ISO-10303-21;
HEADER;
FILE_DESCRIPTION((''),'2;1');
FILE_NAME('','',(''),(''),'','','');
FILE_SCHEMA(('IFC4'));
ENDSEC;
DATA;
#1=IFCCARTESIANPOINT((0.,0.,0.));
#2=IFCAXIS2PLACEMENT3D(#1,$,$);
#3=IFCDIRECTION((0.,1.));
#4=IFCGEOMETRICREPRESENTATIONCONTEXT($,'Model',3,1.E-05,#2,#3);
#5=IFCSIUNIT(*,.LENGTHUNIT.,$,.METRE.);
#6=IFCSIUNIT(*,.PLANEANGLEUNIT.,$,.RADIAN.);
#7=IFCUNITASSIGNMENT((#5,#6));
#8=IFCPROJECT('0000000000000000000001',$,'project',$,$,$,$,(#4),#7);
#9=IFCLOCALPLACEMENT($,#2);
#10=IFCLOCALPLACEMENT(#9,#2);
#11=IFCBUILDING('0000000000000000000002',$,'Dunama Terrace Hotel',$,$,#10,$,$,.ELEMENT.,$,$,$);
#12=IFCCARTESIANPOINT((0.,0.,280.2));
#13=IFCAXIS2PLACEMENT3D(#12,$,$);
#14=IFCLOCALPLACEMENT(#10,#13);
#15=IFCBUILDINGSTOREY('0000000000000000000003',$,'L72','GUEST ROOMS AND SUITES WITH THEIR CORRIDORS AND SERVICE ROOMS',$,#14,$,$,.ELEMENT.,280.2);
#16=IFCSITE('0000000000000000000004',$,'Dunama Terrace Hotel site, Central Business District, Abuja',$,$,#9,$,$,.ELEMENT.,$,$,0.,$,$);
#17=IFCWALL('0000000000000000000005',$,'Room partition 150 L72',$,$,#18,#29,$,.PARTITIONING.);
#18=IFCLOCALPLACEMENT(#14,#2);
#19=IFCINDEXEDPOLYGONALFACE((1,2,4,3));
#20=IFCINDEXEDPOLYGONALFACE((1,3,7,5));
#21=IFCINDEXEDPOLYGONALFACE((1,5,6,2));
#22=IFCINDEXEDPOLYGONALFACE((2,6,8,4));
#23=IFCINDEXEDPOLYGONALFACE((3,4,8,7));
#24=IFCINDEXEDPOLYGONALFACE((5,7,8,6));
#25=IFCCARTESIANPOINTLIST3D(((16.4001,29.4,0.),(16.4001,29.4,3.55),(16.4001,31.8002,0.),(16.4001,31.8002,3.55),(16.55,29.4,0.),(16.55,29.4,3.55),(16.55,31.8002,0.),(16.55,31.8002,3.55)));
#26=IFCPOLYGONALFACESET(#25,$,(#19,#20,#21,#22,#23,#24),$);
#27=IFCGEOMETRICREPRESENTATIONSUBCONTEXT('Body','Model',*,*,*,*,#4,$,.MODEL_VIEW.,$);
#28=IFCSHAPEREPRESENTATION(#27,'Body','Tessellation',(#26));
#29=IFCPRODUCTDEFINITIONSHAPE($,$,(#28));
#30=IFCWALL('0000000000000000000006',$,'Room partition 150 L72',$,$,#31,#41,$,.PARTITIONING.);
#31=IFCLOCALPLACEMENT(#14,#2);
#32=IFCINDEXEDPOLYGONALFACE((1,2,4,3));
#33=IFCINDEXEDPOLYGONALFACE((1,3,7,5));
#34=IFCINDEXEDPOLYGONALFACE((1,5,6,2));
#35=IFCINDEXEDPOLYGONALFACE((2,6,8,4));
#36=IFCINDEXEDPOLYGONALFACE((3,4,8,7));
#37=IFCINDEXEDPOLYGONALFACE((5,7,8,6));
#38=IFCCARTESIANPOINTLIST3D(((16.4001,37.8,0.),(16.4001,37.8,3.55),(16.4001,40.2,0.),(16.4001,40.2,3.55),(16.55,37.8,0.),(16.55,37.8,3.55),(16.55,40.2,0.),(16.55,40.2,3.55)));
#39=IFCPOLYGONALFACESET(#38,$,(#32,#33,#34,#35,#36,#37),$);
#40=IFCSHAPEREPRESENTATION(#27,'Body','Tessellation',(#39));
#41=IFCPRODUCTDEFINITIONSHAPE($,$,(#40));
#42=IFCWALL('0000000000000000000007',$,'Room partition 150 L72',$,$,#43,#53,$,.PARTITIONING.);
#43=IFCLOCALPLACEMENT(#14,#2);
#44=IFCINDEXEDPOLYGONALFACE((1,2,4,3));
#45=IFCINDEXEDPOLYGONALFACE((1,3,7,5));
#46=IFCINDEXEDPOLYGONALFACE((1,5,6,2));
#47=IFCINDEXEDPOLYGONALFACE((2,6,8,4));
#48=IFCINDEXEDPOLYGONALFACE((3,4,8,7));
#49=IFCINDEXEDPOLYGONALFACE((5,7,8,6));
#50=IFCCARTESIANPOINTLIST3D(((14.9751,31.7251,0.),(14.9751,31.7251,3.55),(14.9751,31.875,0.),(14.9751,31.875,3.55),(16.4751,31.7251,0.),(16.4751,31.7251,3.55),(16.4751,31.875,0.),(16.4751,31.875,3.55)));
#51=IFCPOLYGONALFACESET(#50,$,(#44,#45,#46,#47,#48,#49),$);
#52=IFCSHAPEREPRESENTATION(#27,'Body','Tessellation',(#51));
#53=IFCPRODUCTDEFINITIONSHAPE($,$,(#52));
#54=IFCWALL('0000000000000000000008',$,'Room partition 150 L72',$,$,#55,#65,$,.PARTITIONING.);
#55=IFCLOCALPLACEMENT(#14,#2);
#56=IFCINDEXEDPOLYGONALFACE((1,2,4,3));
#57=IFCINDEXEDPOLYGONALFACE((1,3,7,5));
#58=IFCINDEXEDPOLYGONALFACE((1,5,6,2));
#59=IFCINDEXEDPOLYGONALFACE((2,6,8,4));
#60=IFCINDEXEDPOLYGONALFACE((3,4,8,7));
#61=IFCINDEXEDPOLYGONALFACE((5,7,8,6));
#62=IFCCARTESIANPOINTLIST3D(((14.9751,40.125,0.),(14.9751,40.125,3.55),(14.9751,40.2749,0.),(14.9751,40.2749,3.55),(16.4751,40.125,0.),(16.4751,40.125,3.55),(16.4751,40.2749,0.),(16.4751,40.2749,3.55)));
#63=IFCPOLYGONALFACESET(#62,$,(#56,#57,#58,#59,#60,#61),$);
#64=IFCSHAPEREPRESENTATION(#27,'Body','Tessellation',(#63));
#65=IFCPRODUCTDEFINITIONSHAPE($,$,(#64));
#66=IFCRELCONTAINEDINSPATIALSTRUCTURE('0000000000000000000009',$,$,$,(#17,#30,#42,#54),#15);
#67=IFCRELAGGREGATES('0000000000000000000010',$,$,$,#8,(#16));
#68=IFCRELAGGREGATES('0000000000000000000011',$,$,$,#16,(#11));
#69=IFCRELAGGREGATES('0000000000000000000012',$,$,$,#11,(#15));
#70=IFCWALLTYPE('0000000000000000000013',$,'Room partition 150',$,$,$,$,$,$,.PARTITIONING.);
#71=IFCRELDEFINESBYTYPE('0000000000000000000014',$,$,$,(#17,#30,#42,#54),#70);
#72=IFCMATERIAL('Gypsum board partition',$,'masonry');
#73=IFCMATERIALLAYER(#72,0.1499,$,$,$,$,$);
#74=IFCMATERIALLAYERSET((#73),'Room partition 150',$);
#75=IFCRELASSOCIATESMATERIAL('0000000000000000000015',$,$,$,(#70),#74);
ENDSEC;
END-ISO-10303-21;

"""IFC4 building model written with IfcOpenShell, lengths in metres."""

from ifc_helpers import new_model, si_unit, direction, frame, frame_2d, origin, place, context, subcontext, project, spatial, rectangle, extrude, material, layer, layer_set, type_object, element, save


model = new_model("IFC4")

# Units and contexts
model_context = context("Model", 3, precision=1e-05, world=origin(), true_north=direction((0.0, 1.0)))
body_context = subcontext(model_context, "Body", "Model", "MODEL_VIEW")
ifc_project = project(units=[si_unit("LENGTHUNIT", "METRE"), si_unit("PLANEANGLEUNIT", "RADIAN")], contexts=[model_context])

# Site, building, storey
site_placement = place(None, origin())
site = spatial("IfcSite", under=ifc_project, at=site_placement, Name="Dunama Terrace Hotel site, Central Business District, Abuja", CompositionType="ELEMENT", RefElevation=0.0)
building_placement = place(site_placement, origin())
building = spatial("IfcBuilding", under=site, at=building_placement, Name="Dunama Terrace Hotel", CompositionType="ELEMENT")
storey_placement = place(building_placement, frame((0.0, 0.0, 280.2)))
storey = spatial("IfcBuildingStorey", under=building, at=storey_placement, Name="L72", Description="GUEST ROOMS AND SUITES WITH THEIR CORRIDORS AND SERVICE ROOMS", CompositionType="ELEMENT", Elevation=280.2)

# Shared definitions
ifc_material_1 = material(Name="Gypsum board partition", Category="masonry")
ifc_layer_1 = layer(ifc_material_1, 0.1499)
ifc_layer_set_1 = layer_set([ifc_layer_1], Name="Room partition 150")
wall_type_1 = type_object("IfcWallType", Name="Room partition 150", PredefinedType="PARTITIONING", material=ifc_layer_set_1)

# Walls
wall_1_placement = place(storey_placement, frame((16.4751, 29.3999, 0.0), z_axis=(0.0, 0.0, 1.0), x_axis=(0.0, 1.0, 0.0)))
element("IfcWall", 1, at=wall_1_placement, inside=storey, type_object=wall_type_1, Name="Room partition 150 L72", PredefinedType="PARTITIONING", context=body_context, shape_type="SweptSolid", body=[
    extrude(rectangle(XDim=2.4001, YDim=0.1499, at=frame_2d((1.2002, 0.0))), origin(), (0.0, 0.0, 1.0), 3.55),
])
wall_2_placement = place(storey_placement, frame((16.4751, 37.8, 0.0), z_axis=(0.0, 0.0, 1.0), x_axis=(0.0, 1.0, 0.0)))
element("IfcWall", 2, at=wall_2_placement, inside=storey, type_object=wall_type_1, Name="Room partition 150 L72", PredefinedType="PARTITIONING", context=body_context, shape_type="SweptSolid", body=[
    extrude(rectangle(XDim=2.3999, YDim=0.1499, at=frame_2d((1.2, 0.0))), origin(), (0.0, 0.0, 1.0), 3.55),
])
for number, where, z_axis, x_axis, name in (
    (3, (14.9751, 31.8, 0.0), (0.0, 0.0, 1.0), (1.0, 0.0, 0.0), "Room partition 150 L72"),
    (4, (14.9751, 40.2, 0.0), (0.0, 0.0, 1.0), (1.0, 0.0, 0.0), "Room partition 150 L72"),
):
    element("IfcWall", number, at=place(storey_placement, frame(where, z_axis=z_axis, x_axis=x_axis)), inside=storey, type_object=wall_type_1, Name=name, PredefinedType="PARTITIONING", context=body_context, shape_type="SweptSolid", body=[
        extrude(rectangle(XDim=1.5, YDim=0.1499, at=frame_2d((0.75, 0.0))), origin(), (0.0, 0.0, 1.0), 3.55),
    ])

save(model, "model.ifc")
